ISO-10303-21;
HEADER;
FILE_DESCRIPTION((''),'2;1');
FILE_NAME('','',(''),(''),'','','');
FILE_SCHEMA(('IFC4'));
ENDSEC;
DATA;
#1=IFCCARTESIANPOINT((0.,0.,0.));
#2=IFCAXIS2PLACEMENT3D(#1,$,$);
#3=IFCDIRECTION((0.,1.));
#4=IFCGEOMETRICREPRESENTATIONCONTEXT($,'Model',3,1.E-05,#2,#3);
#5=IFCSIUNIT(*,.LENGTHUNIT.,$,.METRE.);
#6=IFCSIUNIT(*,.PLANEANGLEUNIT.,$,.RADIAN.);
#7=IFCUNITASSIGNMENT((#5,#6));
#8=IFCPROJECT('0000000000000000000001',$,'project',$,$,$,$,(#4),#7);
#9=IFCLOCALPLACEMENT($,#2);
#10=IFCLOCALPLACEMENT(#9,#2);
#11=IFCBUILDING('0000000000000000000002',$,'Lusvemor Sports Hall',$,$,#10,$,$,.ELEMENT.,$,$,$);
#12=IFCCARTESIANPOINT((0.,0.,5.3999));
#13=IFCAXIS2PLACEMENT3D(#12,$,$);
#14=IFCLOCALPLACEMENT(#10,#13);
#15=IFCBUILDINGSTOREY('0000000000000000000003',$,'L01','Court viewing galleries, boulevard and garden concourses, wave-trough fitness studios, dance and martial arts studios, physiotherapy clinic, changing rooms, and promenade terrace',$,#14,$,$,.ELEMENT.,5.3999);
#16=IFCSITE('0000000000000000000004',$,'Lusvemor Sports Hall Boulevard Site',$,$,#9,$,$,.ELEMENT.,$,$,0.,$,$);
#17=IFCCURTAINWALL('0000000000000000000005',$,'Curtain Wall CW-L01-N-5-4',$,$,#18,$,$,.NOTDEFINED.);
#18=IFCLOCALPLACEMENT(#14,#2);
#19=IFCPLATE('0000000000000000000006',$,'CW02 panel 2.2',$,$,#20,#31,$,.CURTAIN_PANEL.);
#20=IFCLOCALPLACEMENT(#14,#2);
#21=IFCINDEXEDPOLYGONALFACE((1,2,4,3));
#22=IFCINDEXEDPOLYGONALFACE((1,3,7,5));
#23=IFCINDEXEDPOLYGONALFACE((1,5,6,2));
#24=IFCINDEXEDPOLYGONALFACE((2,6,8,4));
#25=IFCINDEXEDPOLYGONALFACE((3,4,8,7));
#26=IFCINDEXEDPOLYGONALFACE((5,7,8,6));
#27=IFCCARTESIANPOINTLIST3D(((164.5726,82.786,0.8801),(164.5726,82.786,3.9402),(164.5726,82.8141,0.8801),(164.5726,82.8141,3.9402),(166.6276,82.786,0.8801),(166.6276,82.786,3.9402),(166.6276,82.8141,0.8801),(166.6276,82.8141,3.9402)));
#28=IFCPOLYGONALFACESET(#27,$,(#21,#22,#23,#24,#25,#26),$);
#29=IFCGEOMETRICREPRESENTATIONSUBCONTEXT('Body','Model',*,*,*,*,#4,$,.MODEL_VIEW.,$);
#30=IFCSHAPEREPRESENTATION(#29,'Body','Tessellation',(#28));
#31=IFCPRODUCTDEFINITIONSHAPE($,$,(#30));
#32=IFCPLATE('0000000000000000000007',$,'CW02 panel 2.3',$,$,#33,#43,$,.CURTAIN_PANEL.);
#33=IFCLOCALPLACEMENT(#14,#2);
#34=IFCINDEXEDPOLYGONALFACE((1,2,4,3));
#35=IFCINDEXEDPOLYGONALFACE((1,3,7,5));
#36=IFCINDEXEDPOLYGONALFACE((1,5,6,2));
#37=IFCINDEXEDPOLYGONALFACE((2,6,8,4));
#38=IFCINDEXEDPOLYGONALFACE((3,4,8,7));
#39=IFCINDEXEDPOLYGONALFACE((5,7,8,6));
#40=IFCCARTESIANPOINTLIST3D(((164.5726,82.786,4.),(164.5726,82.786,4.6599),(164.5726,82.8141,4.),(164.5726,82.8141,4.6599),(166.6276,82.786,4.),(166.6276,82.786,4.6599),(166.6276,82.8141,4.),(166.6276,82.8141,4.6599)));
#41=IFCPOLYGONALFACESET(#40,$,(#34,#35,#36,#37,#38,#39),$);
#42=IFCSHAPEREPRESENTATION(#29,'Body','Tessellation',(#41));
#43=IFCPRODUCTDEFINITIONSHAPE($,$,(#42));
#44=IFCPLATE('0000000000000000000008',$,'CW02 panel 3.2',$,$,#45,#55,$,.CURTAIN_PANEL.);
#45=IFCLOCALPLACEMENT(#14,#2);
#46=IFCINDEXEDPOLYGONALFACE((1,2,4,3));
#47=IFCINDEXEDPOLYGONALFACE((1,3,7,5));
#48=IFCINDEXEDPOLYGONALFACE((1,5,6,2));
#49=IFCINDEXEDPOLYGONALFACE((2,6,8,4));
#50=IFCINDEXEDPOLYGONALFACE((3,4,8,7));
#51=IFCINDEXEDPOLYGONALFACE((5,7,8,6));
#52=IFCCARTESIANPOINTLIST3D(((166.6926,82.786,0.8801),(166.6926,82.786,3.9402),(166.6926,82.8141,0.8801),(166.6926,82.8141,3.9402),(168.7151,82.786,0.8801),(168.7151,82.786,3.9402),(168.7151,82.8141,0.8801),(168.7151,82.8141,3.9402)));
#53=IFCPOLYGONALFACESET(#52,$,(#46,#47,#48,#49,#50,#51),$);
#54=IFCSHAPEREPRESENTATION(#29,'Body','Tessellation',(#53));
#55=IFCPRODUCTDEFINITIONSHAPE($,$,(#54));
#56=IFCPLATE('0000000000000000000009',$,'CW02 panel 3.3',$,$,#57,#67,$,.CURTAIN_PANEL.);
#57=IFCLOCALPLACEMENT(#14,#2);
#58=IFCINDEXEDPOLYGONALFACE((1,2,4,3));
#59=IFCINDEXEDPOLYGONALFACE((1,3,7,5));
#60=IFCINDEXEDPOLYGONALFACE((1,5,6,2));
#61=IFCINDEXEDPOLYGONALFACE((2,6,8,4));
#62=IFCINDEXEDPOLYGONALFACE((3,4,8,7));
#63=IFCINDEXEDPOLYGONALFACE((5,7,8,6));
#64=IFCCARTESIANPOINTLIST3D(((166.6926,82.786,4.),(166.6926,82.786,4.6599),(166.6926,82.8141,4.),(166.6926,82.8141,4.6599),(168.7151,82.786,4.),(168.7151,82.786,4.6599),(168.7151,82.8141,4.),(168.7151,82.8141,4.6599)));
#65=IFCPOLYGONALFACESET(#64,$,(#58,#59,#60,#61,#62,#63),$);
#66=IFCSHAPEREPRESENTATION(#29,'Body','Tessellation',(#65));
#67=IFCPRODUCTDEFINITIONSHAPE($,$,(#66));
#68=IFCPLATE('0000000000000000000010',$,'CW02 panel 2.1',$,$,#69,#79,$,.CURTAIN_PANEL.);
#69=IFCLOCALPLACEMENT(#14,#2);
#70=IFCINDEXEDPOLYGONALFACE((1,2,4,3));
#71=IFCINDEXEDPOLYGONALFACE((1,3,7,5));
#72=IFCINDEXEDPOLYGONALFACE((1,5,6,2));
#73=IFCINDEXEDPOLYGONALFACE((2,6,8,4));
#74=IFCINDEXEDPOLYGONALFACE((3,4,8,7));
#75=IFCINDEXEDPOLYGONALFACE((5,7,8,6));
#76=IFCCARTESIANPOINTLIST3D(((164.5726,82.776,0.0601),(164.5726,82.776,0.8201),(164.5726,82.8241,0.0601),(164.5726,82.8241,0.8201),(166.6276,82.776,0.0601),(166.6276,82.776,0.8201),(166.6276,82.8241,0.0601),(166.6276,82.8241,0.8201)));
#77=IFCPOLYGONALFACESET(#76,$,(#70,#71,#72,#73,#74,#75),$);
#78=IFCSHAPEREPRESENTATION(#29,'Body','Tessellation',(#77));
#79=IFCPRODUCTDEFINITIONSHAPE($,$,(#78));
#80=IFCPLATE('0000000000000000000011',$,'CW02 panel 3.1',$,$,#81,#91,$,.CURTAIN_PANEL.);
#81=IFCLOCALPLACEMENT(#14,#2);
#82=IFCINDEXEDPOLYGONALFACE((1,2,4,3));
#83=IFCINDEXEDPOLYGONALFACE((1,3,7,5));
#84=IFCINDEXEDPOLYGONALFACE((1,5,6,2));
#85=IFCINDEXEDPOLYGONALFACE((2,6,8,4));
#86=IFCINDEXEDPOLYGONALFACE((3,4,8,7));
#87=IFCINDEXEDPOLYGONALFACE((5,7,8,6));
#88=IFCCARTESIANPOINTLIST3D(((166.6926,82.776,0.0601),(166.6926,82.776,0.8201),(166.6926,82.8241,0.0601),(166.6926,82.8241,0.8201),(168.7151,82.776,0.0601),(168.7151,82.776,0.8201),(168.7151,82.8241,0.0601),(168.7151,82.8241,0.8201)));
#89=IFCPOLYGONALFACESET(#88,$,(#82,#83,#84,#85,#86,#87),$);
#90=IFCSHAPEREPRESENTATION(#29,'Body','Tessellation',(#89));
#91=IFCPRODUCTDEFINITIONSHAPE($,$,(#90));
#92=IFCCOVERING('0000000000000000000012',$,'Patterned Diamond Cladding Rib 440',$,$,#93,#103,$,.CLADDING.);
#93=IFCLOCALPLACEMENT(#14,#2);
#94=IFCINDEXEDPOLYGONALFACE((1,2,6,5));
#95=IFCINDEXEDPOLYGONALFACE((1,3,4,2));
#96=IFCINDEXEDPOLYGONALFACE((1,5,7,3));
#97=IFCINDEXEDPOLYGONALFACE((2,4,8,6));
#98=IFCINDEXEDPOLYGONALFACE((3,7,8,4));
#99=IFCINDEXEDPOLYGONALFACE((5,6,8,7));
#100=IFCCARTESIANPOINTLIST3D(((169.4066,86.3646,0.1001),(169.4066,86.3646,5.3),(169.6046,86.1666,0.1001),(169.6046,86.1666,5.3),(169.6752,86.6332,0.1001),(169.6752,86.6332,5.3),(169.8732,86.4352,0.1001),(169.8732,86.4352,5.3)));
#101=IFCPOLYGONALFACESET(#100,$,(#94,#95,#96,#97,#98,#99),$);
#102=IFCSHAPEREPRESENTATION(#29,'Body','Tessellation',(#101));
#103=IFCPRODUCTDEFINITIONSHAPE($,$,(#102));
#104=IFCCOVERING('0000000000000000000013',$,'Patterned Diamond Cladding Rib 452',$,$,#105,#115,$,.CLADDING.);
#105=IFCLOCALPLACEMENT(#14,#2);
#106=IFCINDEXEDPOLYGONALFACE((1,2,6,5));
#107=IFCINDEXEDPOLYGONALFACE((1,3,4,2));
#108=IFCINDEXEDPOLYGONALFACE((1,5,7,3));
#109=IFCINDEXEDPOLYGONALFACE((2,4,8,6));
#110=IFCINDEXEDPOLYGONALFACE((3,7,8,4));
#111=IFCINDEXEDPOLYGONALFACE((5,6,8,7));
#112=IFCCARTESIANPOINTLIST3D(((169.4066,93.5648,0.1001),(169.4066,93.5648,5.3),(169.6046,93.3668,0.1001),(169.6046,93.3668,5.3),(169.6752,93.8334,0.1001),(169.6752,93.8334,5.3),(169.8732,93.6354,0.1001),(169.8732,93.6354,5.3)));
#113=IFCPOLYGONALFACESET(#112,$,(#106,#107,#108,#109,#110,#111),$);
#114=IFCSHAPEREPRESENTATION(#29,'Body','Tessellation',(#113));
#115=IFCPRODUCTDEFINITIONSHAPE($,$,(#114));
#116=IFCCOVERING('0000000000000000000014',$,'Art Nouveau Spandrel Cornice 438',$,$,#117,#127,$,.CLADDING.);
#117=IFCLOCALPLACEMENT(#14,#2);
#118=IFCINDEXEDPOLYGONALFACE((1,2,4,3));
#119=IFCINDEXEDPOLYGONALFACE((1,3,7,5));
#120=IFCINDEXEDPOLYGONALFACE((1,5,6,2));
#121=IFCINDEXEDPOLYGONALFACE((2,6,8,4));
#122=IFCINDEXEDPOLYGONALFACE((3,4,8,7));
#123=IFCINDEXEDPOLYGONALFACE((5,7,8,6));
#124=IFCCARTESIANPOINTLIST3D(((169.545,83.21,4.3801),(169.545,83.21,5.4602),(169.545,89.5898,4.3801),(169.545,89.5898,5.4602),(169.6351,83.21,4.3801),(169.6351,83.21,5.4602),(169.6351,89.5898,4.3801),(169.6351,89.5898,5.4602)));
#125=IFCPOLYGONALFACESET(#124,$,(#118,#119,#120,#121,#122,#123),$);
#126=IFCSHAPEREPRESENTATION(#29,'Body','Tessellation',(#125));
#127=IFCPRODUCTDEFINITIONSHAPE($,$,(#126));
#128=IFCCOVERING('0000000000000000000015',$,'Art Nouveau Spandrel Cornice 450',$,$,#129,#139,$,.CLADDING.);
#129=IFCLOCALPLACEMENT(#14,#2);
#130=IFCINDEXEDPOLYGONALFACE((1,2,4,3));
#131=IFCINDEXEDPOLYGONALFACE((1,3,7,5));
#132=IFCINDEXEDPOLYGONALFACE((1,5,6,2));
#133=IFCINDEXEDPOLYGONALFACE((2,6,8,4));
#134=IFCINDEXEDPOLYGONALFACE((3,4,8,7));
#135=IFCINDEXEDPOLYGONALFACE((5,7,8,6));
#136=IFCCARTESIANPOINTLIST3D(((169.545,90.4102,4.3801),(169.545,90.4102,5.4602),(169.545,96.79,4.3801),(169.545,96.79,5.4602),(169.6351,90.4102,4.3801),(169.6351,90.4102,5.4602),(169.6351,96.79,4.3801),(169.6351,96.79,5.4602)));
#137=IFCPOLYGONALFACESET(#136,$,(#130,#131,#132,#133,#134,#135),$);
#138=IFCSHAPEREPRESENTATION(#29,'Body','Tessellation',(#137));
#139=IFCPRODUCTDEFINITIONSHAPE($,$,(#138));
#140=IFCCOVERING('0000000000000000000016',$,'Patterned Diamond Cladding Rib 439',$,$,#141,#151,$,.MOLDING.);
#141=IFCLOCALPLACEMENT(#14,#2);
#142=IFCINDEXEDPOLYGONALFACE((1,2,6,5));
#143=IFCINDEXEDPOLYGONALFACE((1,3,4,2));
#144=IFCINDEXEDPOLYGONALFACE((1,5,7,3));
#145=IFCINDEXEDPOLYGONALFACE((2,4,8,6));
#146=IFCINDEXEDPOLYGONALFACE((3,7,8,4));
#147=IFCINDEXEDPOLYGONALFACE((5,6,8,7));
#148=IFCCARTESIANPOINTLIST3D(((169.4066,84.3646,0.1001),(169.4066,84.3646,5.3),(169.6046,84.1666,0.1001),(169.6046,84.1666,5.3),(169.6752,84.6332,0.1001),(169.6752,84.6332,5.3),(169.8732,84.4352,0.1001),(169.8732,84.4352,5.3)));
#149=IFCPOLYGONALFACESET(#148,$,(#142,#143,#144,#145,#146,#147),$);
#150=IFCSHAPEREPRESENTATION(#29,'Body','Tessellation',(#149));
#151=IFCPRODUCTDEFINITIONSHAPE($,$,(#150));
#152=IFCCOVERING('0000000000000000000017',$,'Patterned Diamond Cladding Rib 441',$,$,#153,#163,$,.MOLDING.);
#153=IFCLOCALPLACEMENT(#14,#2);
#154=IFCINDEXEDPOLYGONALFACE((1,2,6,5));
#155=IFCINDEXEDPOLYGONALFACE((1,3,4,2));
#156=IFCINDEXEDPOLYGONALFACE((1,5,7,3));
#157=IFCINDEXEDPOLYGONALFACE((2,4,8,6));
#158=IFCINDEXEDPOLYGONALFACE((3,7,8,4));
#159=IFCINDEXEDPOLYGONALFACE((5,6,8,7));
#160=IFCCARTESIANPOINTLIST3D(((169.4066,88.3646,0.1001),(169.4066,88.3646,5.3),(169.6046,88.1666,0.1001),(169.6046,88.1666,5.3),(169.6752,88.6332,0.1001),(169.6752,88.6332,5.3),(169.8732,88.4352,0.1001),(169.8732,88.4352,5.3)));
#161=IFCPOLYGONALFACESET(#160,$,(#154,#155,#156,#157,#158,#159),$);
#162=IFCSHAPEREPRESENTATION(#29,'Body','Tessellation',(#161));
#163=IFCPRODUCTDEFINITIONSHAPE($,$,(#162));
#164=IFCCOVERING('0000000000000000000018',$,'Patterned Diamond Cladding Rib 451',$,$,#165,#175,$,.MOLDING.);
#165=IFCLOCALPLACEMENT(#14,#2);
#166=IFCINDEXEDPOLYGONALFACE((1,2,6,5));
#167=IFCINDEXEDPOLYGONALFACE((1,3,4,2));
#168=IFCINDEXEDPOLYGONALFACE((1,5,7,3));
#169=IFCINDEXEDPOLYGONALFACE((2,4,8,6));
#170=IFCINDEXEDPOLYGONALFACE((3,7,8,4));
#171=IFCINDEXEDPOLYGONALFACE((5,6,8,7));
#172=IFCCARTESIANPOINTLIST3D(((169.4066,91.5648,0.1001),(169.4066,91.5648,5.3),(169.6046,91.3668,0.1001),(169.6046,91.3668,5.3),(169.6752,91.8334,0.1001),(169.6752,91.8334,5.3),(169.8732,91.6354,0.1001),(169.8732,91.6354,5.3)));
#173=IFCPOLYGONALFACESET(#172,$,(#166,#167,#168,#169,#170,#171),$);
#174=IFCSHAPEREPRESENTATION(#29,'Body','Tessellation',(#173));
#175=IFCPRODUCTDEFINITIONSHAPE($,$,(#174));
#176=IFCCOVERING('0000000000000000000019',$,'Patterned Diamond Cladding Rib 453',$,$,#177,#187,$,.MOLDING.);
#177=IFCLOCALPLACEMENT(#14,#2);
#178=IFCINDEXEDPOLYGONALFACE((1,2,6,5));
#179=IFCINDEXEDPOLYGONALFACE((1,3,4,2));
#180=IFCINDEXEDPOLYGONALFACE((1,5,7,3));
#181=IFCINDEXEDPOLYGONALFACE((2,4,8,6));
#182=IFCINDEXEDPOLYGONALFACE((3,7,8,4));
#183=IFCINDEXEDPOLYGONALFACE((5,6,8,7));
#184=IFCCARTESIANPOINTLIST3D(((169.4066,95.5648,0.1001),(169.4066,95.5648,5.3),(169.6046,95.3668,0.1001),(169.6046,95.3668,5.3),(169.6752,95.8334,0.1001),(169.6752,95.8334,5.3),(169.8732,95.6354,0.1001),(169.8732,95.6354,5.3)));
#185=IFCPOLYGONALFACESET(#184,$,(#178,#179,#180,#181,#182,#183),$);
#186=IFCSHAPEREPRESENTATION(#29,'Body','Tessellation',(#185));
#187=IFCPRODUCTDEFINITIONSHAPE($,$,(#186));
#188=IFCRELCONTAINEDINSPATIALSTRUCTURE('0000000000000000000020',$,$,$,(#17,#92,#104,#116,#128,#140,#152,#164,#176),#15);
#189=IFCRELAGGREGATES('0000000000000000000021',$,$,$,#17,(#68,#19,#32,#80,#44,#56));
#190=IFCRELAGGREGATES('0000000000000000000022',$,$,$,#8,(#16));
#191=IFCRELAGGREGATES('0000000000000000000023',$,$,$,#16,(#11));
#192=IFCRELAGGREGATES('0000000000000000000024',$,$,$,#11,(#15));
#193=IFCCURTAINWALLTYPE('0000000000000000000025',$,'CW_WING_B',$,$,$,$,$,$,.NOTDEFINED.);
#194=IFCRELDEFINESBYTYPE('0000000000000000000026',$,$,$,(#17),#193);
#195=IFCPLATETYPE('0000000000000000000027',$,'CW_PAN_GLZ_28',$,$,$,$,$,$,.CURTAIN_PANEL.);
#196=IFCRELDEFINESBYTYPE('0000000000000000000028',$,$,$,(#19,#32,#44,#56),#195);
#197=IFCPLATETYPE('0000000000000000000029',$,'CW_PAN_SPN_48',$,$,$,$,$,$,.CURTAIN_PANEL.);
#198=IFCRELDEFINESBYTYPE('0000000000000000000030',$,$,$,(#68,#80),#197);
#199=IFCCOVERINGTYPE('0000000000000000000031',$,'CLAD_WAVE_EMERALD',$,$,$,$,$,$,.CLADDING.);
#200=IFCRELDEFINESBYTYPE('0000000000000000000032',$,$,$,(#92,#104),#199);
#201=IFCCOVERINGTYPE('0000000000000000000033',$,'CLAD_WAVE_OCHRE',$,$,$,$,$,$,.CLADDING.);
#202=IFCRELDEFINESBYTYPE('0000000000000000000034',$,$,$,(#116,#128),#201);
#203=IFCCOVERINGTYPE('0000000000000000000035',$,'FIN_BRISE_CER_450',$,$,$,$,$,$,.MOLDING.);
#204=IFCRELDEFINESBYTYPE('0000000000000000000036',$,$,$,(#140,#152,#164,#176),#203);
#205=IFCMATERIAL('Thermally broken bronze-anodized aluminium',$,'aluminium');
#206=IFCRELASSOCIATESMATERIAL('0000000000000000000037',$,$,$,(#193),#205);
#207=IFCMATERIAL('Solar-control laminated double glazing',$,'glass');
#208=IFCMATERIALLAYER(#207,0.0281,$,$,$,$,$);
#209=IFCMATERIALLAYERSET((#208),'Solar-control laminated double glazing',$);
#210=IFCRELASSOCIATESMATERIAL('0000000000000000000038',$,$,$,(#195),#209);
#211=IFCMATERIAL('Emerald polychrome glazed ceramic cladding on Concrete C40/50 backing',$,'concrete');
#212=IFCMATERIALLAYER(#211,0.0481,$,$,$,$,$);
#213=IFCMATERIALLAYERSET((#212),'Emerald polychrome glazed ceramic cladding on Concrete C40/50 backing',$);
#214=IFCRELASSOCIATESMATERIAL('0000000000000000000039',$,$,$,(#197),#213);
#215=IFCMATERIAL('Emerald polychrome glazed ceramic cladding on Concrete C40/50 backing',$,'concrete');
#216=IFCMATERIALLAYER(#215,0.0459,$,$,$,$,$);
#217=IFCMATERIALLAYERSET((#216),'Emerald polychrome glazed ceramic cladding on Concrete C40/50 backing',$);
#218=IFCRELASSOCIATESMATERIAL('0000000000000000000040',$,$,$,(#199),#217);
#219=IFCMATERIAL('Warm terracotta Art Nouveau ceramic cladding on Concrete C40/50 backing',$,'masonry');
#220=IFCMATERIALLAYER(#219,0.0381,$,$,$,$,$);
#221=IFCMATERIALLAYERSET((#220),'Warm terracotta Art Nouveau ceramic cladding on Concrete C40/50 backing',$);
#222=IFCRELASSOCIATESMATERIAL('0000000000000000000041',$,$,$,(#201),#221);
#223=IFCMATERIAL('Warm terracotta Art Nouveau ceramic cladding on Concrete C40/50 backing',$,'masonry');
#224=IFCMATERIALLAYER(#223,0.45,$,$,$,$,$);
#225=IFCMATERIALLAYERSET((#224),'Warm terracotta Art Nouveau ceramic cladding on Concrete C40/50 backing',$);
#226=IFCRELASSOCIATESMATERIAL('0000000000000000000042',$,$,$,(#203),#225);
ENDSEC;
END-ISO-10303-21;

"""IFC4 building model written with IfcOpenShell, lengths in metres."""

from ifc_helpers import new_model, si_unit, direction, frame, origin, origin_2d, place, context, subcontext, project, spatial, rectangle, extrude, material, layer, layer_set, type_object, element, aggregate, save


model = new_model("IFC4")

# Units and contexts
model_context = context("Model", 3, precision=1e-05, world=origin(), true_north=direction((0.0, 1.0)))
body_context = subcontext(model_context, "Body", "Model", "MODEL_VIEW")
ifc_project = project(units=[si_unit("LENGTHUNIT", "METRE"), si_unit("PLANEANGLEUNIT", "RADIAN")], contexts=[model_context])

# Site, building, storey
site_placement = place(None, origin())
site = spatial("IfcSite", under=ifc_project, at=site_placement, Name="Lusvemor Sports Hall Boulevard Site", CompositionType="ELEMENT", RefElevation=0.0)
building_placement = place(site_placement, origin())
building = spatial("IfcBuilding", under=site, at=building_placement, Name="Lusvemor Sports Hall", CompositionType="ELEMENT")
storey_placement = place(building_placement, frame((0.0, 0.0, 5.3999)))
storey = spatial("IfcBuildingStorey", under=building, at=storey_placement, Name="L01", Description="Court viewing galleries, boulevard and garden concourses, wave-trough fitness studios, dance and martial arts studios, physiotherapy clinic, changing rooms, and promenade terrace", CompositionType="ELEMENT", Elevation=5.3999)

# Curtain wall
ifc_material_1 = material(Name="Thermally broken bronze-anodized aluminium", Category="aluminium")
curtain_wall_type = type_object("IfcCurtainWallType", Name="CW_WING_B", PredefinedType="NOTDEFINED", material=ifc_material_1)
curtain_wall_placement = place(storey_placement, origin())
curtain_wall = element("IfcCurtainWall", 1, at=curtain_wall_placement, inside=storey, type_object=curtain_wall_type, Name="Curtain Wall CW-L01-N-5-4", PredefinedType="NOTDEFINED")

# Plates
ifc_material_2 = material(Name="Solar-control laminated double glazing", Category="glass")
ifc_layer_1 = layer(ifc_material_2, 0.0281)
ifc_layer_set_1 = layer_set([ifc_layer_1], Name="Solar-control laminated double glazing")
plate_type_1 = type_object("IfcPlateType", Name="CW_PAN_GLZ_28", PredefinedType="CURTAIN_PANEL", material=ifc_layer_set_1)
plate_1_placement = place(storey_placement, frame((165.6001, 82.8, 0.8801), z_axis=(0.0, 0.0, 1.0), x_axis=(1.0, 0.0, 0.0)))
plate_1 = element("IfcPlate", 2, at=plate_1_placement, type_object=plate_type_1, Name="CW02 panel 2.2", PredefinedType="CURTAIN_PANEL", context=body_context, shape_type="SweptSolid", body=[
    extrude(rectangle(XDim=2.0549, YDim=0.0281, at=origin_2d()), origin(), (0.0, 0.0, 1.0), 3.0601),
])
plate_2_placement = place(storey_placement, frame((165.6001, 82.8, 4.0), z_axis=(0.0, 0.0, 1.0), x_axis=(1.0, 0.0, 0.0)))
plate_2 = element("IfcPlate", 3, at=plate_2_placement, type_object=plate_type_1, Name="CW02 panel 2.3", PredefinedType="CURTAIN_PANEL", context=body_context, shape_type="SweptSolid", body=[
    extrude(rectangle(XDim=2.0549, YDim=0.0281, at=origin_2d()), origin(), (0.0, 0.0, 1.0), 0.6599),
])
plate_3_placement = place(storey_placement, frame((167.7039, 82.8, 0.8801), z_axis=(0.0, 0.0, 1.0), x_axis=(1.0, 0.0, 0.0)))
plate_3 = element("IfcPlate", 4, at=plate_3_placement, type_object=plate_type_1, Name="CW02 panel 3.2", PredefinedType="CURTAIN_PANEL", context=body_context, shape_type="SweptSolid", body=[
    extrude(rectangle(XDim=2.0225, YDim=0.0281, at=origin_2d()), origin(), (0.0, 0.0, 1.0), 3.0601),
])
plate_4_placement = place(storey_placement, frame((167.7039, 82.8, 4.0), z_axis=(0.0, 0.0, 1.0), x_axis=(1.0, 0.0, 0.0)))
plate_4 = element("IfcPlate", 5, at=plate_4_placement, type_object=plate_type_1, Name="CW02 panel 3.3", PredefinedType="CURTAIN_PANEL", context=body_context, shape_type="SweptSolid", body=[
    extrude(rectangle(XDim=2.0225, YDim=0.0281, at=origin_2d()), origin(), (0.0, 0.0, 1.0), 0.6599),
])
ifc_material_3 = material(Name="Emerald polychrome glazed ceramic cladding on Concrete C40/50 backing", Category="concrete")
ifc_layer_2 = layer(ifc_material_3, 0.0481)
ifc_layer_set_2 = layer_set([ifc_layer_2], Name="Emerald polychrome glazed ceramic cladding on Concrete C40/50 backing")
plate_type_2 = type_object("IfcPlateType", Name="CW_PAN_SPN_48", PredefinedType="CURTAIN_PANEL", material=ifc_layer_set_2)
plate_5_placement = place(storey_placement, frame((165.6001, 82.8, 0.0601), z_axis=(0.0, 0.0, 1.0), x_axis=(1.0, 0.0, 0.0)))
plate_5 = element("IfcPlate", 6, at=plate_5_placement, type_object=plate_type_2, Name="CW02 panel 2.1", PredefinedType="CURTAIN_PANEL", context=body_context, shape_type="SweptSolid", body=[
    extrude(rectangle(XDim=2.0549, YDim=0.0481, at=origin_2d()), origin(), (0.0, 0.0, 1.0), 0.76),
])
plate_6_placement = place(storey_placement, frame((167.7039, 82.8, 0.0601), z_axis=(0.0, 0.0, 1.0), x_axis=(1.0, 0.0, 0.0)))
plate_6 = element("IfcPlate", 7, at=plate_6_placement, type_object=plate_type_2, Name="CW02 panel 3.1", PredefinedType="CURTAIN_PANEL", context=body_context, shape_type="SweptSolid", body=[
    extrude(rectangle(XDim=2.0225, YDim=0.0481, at=origin_2d()), origin(), (0.0, 0.0, 1.0), 0.76),
])
aggregate(curtain_wall, [plate_5, plate_1, plate_2, plate_6, plate_3, plate_4])

# Coverings
ifc_material_4 = material(Name="Emerald polychrome glazed ceramic cladding on Concrete C40/50 backing", Category="concrete")
ifc_layer_3 = layer(ifc_material_4, 0.0459)
ifc_layer_set_3 = layer_set([ifc_layer_3], Name="Emerald polychrome glazed ceramic cladding on Concrete C40/50 backing")
covering_type_1 = type_object("IfcCoveringType", Name="CLAD_WAVE_EMERALD", PredefinedType="CLADDING", material=ifc_layer_set_3)
for number, where, z_axis, x_axis, name in (
    (8, (169.6399, 86.3999, 0.1001), (0.0, 0.0, 1.0), (0.707107, 0.707107, 0.0), "Patterned Diamond Cladding Rib 440"),
    (9, (169.6399, 93.6001, 0.1001), (0.0, 0.0, 1.0), (0.707107, 0.707107, 0.0), "Patterned Diamond Cladding Rib 452"),
):
    element("IfcCovering", number, at=place(storey_placement, frame(where, z_axis=z_axis, x_axis=x_axis)), inside=storey, type_object=covering_type_1, Name=name, PredefinedType="CLADDING", context=body_context, shape_type="SweptSolid", body=[
        extrude(rectangle(XDim=0.3799, YDim=0.28, at=origin_2d()), origin(), (0.0, 0.0, 1.0), 5.2),
    ])
ifc_material_5 = material(Name="Warm terracotta Art Nouveau ceramic cladding on Concrete C40/50 backing", Category="masonry")
ifc_layer_4 = layer(ifc_material_5, 0.0381)
ifc_layer_set_4 = layer_set([ifc_layer_4], Name="Warm terracotta Art Nouveau ceramic cladding on Concrete C40/50 backing")
covering_type_2 = type_object("IfcCoveringType", Name="CLAD_WAVE_OCHRE", PredefinedType="CLADDING", material=ifc_layer_set_4)
for number, where, z_axis, x_axis, name in (
    (10, (169.5901, 86.3999, 4.3801), (0.0, 0.0, 1.0), (1.0, 0.0, 0.0), "Art Nouveau Spandrel Cornice 438"),
    (11, (169.5901, 93.6001, 4.3801), (0.0, 0.0, 1.0), (1.0, 0.0, 0.0), "Art Nouveau Spandrel Cornice 450"),
):
    element("IfcCovering", number, at=place(storey_placement, frame(where, z_axis=z_axis, x_axis=x_axis)), inside=storey, type_object=covering_type_2, Name=name, PredefinedType="CLADDING", context=body_context, shape_type="SweptSolid", body=[
        extrude(rectangle(XDim=0.0901, YDim=6.3799, at=origin_2d()), origin(), (0.0, 0.0, 1.0), 1.0801),
    ])
ifc_material_6 = material(Name="Warm terracotta Art Nouveau ceramic cladding on Concrete C40/50 backing", Category="masonry")
ifc_layer_5 = layer(ifc_material_6, 0.45)
ifc_layer_set_5 = layer_set([ifc_layer_5], Name="Warm terracotta Art Nouveau ceramic cladding on Concrete C40/50 backing")
covering_type_3 = type_object("IfcCoveringType", Name="FIN_BRISE_CER_450", PredefinedType="MOLDING", material=ifc_layer_set_5)
for number, where, z_axis, x_axis, name in (
    (12, (169.6399, 84.3999, 0.1001), (0.0, 0.0, 1.0), (0.707107, 0.707107, 0.0), "Patterned Diamond Cladding Rib 439"),
    (13, (169.6399, 88.3999, 0.1001), (0.0, 0.0, 1.0), (0.707107, 0.707107, 0.0), "Patterned Diamond Cladding Rib 441"),
    (14, (169.6399, 91.6001, 0.1001), (0.0, 0.0, 1.0), (0.707107, 0.707107, 0.0), "Patterned Diamond Cladding Rib 451"),
    (15, (169.6399, 95.6001, 0.1001), (0.0, 0.0, 1.0), (0.707107, 0.707107, 0.0), "Patterned Diamond Cladding Rib 453"),
):
    element("IfcCovering", number, at=place(storey_placement, frame(where, z_axis=z_axis, x_axis=x_axis)), inside=storey, type_object=covering_type_3, Name=name, PredefinedType="MOLDING", context=body_context, shape_type="SweptSolid", body=[
        extrude(rectangle(XDim=0.3799, YDim=0.28, at=origin_2d()), origin(), (0.0, 0.0, 1.0), 5.2),
    ])

save(model, "model.ifc")
